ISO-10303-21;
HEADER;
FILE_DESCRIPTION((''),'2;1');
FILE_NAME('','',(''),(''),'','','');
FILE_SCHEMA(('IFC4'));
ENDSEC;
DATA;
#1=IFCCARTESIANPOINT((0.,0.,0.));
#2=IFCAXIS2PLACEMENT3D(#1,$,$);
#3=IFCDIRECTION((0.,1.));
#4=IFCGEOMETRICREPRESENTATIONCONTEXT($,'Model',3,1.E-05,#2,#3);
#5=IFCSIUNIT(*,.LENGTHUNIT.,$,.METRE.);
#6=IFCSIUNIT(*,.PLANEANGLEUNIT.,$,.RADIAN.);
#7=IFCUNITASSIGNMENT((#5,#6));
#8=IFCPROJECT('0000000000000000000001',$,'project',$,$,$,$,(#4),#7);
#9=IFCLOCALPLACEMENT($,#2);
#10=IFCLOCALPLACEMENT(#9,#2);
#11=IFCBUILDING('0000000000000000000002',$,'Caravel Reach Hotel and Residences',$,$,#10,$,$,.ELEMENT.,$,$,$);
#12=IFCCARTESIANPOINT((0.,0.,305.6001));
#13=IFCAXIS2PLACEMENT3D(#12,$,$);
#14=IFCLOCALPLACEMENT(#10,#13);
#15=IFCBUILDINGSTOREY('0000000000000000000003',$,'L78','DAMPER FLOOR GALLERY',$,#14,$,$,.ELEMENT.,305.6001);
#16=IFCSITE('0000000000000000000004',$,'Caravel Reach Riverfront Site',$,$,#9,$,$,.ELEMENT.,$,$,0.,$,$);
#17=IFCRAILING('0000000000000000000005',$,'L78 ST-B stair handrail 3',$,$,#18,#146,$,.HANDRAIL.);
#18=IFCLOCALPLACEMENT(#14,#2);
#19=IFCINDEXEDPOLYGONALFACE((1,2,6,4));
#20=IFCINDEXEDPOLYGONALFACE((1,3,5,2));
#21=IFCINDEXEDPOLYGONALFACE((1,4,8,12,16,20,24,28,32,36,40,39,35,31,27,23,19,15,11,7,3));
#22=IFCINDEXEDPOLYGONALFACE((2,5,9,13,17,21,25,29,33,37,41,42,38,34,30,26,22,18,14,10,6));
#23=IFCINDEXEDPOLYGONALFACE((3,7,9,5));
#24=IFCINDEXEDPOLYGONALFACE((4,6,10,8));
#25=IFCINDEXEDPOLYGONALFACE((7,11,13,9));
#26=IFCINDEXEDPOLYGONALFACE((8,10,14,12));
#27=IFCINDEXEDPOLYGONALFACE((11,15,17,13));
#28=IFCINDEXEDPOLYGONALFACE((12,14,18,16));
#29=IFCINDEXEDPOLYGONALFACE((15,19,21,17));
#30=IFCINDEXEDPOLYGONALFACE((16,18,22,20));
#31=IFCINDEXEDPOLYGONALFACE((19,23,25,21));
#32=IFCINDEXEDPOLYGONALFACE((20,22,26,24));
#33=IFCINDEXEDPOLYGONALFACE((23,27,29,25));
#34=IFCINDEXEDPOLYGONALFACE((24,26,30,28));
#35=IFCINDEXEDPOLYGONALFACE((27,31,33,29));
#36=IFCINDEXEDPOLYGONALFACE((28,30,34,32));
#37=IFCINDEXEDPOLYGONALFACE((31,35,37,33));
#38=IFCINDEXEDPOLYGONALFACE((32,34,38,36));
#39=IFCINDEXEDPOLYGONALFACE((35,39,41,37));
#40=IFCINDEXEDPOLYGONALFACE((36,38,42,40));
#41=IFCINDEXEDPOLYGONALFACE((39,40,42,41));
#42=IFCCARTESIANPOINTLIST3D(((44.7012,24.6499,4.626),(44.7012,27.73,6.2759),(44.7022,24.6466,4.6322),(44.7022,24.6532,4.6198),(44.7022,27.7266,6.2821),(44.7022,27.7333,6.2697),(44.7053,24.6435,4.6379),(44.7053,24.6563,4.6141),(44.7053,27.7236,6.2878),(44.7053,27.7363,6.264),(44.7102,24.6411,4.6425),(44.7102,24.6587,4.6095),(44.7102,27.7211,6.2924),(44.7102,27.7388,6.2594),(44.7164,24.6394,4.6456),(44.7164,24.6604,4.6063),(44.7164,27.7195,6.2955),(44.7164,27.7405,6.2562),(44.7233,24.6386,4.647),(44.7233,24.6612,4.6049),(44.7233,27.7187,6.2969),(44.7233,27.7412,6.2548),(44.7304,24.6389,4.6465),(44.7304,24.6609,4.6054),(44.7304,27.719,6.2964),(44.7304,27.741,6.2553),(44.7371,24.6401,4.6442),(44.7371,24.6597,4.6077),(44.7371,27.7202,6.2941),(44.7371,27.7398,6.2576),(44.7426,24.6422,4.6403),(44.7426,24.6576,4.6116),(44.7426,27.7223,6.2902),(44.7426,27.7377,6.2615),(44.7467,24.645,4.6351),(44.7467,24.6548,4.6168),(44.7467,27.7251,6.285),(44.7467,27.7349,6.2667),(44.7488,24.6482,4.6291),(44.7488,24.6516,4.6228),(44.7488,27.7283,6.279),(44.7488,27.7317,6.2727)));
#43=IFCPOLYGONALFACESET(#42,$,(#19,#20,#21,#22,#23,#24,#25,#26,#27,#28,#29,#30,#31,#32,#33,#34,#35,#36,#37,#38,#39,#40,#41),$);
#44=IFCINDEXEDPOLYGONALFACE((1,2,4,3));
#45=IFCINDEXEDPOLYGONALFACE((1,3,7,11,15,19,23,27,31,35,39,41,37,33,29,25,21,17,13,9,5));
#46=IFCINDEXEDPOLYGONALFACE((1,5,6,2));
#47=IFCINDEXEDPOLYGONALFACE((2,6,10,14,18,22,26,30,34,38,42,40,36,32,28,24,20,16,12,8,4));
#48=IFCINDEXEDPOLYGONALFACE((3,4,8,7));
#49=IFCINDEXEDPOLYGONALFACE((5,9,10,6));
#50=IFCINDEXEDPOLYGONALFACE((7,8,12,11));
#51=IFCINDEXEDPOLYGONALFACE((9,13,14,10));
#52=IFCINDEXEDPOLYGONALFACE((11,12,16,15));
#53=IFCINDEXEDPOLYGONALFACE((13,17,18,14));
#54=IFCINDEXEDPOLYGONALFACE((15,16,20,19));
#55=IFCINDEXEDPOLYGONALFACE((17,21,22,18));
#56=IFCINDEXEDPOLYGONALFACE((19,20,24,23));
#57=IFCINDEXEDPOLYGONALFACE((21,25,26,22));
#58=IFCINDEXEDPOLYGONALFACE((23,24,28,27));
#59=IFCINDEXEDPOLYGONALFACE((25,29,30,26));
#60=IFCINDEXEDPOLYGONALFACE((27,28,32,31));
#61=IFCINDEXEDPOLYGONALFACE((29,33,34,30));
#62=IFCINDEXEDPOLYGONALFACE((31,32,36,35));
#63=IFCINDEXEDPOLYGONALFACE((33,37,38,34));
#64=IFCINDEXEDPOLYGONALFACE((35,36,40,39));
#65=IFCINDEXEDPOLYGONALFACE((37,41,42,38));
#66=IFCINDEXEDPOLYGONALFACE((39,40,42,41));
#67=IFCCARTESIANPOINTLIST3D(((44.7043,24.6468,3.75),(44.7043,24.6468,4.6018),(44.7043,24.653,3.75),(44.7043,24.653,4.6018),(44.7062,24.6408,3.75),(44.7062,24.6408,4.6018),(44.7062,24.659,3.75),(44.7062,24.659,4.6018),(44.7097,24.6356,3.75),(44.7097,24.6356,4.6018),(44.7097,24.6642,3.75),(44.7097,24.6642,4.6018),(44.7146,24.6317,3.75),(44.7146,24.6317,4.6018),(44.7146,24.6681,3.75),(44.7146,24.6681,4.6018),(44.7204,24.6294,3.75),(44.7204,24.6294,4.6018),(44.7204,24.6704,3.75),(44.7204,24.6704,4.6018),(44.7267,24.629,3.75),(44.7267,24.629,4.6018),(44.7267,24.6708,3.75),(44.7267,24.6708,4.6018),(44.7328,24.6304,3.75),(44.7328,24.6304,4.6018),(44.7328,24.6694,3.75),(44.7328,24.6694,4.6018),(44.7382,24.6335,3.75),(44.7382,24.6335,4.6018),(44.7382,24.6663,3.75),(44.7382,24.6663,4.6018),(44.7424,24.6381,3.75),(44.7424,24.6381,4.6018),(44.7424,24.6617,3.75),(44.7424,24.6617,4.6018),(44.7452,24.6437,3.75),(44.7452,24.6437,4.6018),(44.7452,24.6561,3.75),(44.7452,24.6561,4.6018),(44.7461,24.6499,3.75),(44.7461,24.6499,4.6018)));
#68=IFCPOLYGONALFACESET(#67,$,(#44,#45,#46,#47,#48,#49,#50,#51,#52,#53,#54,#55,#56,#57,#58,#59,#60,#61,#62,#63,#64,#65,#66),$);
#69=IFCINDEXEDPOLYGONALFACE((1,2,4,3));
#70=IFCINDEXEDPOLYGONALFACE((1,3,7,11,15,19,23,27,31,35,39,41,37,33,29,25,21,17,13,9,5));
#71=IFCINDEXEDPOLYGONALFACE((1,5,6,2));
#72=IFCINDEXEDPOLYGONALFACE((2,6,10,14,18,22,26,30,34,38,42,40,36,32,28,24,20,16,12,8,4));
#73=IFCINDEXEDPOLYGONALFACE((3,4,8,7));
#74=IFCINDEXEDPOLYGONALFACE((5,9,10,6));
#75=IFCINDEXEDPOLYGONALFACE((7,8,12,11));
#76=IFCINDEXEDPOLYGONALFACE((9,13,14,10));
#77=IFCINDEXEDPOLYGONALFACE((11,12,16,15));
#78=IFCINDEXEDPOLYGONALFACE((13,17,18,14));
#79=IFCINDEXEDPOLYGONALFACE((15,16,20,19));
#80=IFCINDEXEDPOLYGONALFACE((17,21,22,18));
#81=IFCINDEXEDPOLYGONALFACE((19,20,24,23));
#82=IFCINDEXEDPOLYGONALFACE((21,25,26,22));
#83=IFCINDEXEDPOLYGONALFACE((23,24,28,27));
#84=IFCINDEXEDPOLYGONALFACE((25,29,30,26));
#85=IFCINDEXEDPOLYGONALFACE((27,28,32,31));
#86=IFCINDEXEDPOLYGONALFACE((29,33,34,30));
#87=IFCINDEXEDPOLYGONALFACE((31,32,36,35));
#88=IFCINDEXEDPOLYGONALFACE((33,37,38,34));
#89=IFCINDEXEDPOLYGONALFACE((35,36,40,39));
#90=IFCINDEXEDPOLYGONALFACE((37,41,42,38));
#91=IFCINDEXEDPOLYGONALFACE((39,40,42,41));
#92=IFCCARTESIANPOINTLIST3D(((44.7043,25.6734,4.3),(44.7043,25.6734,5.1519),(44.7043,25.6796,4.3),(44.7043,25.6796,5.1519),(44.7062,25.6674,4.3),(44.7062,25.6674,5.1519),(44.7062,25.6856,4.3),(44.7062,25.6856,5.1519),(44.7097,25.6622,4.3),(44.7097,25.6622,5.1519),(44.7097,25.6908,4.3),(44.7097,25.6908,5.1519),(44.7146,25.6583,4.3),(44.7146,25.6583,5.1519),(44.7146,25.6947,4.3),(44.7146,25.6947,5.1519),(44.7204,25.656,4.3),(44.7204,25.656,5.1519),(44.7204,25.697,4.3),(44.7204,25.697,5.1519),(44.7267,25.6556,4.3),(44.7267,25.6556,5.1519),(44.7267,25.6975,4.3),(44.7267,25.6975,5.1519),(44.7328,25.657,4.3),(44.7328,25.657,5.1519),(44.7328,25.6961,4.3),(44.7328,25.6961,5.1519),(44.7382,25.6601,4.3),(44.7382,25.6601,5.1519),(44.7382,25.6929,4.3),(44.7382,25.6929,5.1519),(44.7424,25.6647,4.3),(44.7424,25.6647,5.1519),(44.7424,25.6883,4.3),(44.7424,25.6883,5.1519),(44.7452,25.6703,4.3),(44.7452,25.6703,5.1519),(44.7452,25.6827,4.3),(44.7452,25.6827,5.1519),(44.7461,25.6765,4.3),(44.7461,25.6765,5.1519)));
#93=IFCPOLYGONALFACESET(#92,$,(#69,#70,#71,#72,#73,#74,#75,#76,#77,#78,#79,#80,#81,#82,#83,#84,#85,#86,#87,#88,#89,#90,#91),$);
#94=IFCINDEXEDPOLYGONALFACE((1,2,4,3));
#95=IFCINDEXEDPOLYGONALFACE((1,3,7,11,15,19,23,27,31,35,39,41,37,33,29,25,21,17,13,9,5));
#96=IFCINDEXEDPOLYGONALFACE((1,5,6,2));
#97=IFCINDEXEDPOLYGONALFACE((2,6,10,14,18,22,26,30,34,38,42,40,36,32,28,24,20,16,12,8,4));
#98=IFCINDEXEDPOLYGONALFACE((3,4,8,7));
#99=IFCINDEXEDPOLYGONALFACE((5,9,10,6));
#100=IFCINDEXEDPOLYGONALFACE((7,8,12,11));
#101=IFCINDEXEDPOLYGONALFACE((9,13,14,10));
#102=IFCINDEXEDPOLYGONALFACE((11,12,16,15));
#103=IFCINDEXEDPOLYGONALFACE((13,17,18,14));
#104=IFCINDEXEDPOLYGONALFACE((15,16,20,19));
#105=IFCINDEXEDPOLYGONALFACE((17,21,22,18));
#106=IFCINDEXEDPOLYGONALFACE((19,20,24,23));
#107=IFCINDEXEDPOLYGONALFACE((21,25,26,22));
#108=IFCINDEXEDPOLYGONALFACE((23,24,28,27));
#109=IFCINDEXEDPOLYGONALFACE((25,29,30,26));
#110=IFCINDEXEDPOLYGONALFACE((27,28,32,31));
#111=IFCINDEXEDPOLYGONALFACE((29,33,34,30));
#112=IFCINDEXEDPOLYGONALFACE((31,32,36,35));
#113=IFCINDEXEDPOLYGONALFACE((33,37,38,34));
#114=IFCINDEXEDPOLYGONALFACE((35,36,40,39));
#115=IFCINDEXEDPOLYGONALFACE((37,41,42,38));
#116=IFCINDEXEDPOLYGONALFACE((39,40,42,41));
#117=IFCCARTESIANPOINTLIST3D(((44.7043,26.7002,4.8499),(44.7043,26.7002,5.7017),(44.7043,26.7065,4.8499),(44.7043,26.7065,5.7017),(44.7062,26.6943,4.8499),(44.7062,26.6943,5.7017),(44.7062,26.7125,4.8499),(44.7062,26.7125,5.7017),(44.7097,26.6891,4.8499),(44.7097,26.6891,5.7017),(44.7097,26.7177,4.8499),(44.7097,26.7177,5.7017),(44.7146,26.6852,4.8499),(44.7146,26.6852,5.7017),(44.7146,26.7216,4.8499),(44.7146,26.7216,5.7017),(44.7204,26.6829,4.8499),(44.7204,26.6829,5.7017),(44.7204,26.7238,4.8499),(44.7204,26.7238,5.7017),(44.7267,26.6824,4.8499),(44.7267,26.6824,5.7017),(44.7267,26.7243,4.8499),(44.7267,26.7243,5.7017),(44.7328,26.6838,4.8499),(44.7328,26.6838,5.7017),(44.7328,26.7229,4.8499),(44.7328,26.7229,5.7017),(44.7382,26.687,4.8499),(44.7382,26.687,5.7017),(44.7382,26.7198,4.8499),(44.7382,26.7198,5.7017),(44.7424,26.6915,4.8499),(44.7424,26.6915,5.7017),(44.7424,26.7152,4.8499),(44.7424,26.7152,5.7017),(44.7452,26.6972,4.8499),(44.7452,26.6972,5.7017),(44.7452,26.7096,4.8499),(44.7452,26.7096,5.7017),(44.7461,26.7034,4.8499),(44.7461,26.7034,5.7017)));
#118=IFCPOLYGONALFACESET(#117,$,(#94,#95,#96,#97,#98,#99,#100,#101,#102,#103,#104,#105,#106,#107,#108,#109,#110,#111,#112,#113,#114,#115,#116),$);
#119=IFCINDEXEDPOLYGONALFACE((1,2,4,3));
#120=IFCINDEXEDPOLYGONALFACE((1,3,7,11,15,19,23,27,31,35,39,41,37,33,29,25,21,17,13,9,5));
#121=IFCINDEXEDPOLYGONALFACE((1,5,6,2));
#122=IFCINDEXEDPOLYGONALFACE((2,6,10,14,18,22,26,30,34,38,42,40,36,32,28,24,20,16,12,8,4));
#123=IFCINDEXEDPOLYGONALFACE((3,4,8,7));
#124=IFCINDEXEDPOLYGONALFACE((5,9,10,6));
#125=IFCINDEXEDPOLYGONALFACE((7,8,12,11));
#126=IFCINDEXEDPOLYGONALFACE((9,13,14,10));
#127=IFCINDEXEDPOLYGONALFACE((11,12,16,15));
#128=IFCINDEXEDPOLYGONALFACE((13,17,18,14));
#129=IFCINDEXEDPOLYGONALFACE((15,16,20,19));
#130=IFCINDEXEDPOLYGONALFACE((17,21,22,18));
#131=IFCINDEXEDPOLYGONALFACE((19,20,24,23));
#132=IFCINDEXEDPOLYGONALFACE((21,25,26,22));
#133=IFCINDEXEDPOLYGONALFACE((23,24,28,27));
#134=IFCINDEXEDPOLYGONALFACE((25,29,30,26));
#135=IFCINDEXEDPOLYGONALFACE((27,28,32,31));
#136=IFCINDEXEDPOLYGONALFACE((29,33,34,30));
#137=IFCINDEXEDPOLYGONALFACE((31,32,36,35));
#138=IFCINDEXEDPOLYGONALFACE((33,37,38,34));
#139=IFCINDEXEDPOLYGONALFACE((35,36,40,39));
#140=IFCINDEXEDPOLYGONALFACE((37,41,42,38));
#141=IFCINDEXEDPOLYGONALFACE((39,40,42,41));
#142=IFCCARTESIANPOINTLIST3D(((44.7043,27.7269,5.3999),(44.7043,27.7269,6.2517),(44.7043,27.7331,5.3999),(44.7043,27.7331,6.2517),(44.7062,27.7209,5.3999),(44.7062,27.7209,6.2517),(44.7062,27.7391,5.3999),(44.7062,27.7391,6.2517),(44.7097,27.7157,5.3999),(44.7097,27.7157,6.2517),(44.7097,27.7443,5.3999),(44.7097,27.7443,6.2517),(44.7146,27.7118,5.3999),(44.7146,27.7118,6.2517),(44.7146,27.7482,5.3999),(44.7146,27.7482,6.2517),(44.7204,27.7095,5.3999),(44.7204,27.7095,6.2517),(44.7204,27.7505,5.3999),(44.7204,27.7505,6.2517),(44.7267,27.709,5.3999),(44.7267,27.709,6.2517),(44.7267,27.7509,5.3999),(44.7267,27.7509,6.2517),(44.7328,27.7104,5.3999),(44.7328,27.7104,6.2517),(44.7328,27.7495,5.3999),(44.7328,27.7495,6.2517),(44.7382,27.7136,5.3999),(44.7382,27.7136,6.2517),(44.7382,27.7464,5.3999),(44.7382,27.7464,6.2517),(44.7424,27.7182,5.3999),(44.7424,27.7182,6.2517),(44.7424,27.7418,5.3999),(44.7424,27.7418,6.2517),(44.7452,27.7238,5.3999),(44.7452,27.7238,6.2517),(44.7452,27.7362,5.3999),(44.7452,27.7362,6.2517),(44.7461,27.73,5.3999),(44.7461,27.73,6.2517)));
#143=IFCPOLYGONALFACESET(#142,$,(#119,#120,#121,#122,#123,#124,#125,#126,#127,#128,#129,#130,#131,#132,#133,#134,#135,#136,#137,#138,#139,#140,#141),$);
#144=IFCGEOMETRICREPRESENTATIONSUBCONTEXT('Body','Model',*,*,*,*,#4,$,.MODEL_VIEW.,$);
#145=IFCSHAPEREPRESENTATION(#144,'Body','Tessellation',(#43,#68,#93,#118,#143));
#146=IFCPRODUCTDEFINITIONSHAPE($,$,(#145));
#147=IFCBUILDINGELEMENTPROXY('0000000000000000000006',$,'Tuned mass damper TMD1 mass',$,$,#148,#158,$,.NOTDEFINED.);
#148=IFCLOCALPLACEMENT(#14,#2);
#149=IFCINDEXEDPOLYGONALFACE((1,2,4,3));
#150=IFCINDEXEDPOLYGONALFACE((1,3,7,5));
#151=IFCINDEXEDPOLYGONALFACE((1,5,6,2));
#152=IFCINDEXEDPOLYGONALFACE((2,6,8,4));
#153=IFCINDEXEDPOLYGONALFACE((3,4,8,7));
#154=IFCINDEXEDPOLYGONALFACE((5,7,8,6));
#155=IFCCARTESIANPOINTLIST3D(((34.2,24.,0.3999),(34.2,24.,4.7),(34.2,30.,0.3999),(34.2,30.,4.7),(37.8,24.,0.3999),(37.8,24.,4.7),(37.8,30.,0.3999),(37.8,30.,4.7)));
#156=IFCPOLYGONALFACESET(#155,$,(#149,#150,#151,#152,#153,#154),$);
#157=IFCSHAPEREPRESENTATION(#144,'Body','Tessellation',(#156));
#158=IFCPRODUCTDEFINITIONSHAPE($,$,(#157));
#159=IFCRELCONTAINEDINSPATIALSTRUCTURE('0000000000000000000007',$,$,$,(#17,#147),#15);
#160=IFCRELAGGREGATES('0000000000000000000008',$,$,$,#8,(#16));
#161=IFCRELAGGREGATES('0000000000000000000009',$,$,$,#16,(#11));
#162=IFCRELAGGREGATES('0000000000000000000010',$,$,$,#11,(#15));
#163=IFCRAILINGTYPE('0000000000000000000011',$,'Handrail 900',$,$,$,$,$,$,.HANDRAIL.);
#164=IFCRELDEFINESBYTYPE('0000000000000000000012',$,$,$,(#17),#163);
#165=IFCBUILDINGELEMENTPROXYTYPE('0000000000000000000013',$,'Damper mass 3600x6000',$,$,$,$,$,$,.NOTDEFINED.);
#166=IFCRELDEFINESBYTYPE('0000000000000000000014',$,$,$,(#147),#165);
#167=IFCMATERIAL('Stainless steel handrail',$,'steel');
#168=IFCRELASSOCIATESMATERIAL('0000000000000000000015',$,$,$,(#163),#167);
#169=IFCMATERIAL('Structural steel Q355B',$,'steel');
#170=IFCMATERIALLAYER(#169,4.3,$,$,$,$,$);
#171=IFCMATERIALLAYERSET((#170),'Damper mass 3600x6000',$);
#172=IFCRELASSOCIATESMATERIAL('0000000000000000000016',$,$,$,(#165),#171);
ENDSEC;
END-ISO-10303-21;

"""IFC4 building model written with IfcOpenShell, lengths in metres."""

from ifc_helpers import new_model, si_unit, direction, frame, origin, origin_2d, place, context, subcontext, project, spatial, rectangle, circle, extrude, material, layer, layer_set, type_object, element, save


model = new_model("IFC4")

# Units and contexts
model_context = context("Model", 3, precision=1e-05, world=origin(), true_north=direction((0.0, 1.0)))
body_context = subcontext(model_context, "Body", "Model", "MODEL_VIEW")
ifc_project = project(units=[si_unit("LENGTHUNIT", "METRE"), si_unit("PLANEANGLEUNIT", "RADIAN")], contexts=[model_context])

# Site, building, storey
site_placement = place(None, origin())
site = spatial("IfcSite", under=ifc_project, at=site_placement, Name="Caravel Reach Riverfront Site", CompositionType="ELEMENT", RefElevation=0.0)
building_placement = place(site_placement, origin())
building = spatial("IfcBuilding", under=site, at=building_placement, Name="Caravel Reach Hotel and Residences", CompositionType="ELEMENT")
storey_placement = place(building_placement, frame((0.0, 0.0, 305.6001)))
storey = spatial("IfcBuildingStorey", under=building, at=storey_placement, Name="L78", Description="DAMPER FLOOR GALLERY", CompositionType="ELEMENT", Elevation=305.6001)

# Railing
ifc_material_1 = material(Name="Stainless steel handrail", Category="steel")
railing_type_1 = type_object("IfcRailingType", Name="Handrail 900", PredefinedType="HANDRAIL", material=ifc_material_1)
for number, where, name in (
    (1, (44.7251, 24.6499, 3.75), "L78 ST-B stair handrail 3"),
):
    element("IfcRailing", number, at=place(storey_placement, frame(where)), inside=storey, type_object=railing_type_1, Name=name, PredefinedType="HANDRAIL", context=body_context, shape_type="SweptSolid", body=[
        extrude(circle(Radius=0.0239, at=origin_2d()), frame((0.0, 0.0, 0.876), z_axis=(0.0, 0.881497, 0.47219), x_axis=(-1.0, 0.0, 0.0)), (0.0, 0.0, 1.0), 3.4941),
        extrude(circle(Radius=0.021, at=origin_2d()), origin(), (0.0, 0.0, 1.0), 0.8518),
        extrude(circle(Radius=0.021, at=origin_2d()), frame((0.0, 1.0266, 0.55)), (0.0, 0.0, 1.0), 0.8518),
        extrude(circle(Radius=0.021, at=origin_2d()), frame((0.0, 2.0535, 1.0999)), (0.0, 0.0, 1.0), 0.8518),
        extrude(circle(Radius=0.021, at=origin_2d()), frame((0.0, 3.0801, 1.6499)), (0.0, 0.0, 1.0), 0.8518),
    ])

# Building element proxy
ifc_material_2 = material(Name="Structural steel Q355B", Category="steel")
ifc_layer_1 = layer(ifc_material_2, 4.3)
ifc_layer_set_1 = layer_set([ifc_layer_1], Name="Damper mass 3600x6000")
building_element_proxy_type = type_object("IfcBuildingElementProxyType", Name="Damper mass 3600x6000", PredefinedType="NOTDEFINED", material=ifc_layer_set_1)
proxy_placement = place(storey_placement, frame((36.0, 27.0, 0.3999), z_axis=(0.0, 0.0, 1.0), x_axis=(1.0, 0.0, 0.0)))
element("IfcBuildingElementProxy", 2, at=proxy_placement, inside=storey, type_object=building_element_proxy_type, Name="Tuned mass damper TMD1 mass", PredefinedType="NOTDEFINED", context=body_context, shape_type="SweptSolid", body=[
    extrude(rectangle(XDim=3.6001, YDim=6.0, at=origin_2d()), origin(), (0.0, 0.0, 1.0), 4.3),
])

save(model, "model.ifc")
